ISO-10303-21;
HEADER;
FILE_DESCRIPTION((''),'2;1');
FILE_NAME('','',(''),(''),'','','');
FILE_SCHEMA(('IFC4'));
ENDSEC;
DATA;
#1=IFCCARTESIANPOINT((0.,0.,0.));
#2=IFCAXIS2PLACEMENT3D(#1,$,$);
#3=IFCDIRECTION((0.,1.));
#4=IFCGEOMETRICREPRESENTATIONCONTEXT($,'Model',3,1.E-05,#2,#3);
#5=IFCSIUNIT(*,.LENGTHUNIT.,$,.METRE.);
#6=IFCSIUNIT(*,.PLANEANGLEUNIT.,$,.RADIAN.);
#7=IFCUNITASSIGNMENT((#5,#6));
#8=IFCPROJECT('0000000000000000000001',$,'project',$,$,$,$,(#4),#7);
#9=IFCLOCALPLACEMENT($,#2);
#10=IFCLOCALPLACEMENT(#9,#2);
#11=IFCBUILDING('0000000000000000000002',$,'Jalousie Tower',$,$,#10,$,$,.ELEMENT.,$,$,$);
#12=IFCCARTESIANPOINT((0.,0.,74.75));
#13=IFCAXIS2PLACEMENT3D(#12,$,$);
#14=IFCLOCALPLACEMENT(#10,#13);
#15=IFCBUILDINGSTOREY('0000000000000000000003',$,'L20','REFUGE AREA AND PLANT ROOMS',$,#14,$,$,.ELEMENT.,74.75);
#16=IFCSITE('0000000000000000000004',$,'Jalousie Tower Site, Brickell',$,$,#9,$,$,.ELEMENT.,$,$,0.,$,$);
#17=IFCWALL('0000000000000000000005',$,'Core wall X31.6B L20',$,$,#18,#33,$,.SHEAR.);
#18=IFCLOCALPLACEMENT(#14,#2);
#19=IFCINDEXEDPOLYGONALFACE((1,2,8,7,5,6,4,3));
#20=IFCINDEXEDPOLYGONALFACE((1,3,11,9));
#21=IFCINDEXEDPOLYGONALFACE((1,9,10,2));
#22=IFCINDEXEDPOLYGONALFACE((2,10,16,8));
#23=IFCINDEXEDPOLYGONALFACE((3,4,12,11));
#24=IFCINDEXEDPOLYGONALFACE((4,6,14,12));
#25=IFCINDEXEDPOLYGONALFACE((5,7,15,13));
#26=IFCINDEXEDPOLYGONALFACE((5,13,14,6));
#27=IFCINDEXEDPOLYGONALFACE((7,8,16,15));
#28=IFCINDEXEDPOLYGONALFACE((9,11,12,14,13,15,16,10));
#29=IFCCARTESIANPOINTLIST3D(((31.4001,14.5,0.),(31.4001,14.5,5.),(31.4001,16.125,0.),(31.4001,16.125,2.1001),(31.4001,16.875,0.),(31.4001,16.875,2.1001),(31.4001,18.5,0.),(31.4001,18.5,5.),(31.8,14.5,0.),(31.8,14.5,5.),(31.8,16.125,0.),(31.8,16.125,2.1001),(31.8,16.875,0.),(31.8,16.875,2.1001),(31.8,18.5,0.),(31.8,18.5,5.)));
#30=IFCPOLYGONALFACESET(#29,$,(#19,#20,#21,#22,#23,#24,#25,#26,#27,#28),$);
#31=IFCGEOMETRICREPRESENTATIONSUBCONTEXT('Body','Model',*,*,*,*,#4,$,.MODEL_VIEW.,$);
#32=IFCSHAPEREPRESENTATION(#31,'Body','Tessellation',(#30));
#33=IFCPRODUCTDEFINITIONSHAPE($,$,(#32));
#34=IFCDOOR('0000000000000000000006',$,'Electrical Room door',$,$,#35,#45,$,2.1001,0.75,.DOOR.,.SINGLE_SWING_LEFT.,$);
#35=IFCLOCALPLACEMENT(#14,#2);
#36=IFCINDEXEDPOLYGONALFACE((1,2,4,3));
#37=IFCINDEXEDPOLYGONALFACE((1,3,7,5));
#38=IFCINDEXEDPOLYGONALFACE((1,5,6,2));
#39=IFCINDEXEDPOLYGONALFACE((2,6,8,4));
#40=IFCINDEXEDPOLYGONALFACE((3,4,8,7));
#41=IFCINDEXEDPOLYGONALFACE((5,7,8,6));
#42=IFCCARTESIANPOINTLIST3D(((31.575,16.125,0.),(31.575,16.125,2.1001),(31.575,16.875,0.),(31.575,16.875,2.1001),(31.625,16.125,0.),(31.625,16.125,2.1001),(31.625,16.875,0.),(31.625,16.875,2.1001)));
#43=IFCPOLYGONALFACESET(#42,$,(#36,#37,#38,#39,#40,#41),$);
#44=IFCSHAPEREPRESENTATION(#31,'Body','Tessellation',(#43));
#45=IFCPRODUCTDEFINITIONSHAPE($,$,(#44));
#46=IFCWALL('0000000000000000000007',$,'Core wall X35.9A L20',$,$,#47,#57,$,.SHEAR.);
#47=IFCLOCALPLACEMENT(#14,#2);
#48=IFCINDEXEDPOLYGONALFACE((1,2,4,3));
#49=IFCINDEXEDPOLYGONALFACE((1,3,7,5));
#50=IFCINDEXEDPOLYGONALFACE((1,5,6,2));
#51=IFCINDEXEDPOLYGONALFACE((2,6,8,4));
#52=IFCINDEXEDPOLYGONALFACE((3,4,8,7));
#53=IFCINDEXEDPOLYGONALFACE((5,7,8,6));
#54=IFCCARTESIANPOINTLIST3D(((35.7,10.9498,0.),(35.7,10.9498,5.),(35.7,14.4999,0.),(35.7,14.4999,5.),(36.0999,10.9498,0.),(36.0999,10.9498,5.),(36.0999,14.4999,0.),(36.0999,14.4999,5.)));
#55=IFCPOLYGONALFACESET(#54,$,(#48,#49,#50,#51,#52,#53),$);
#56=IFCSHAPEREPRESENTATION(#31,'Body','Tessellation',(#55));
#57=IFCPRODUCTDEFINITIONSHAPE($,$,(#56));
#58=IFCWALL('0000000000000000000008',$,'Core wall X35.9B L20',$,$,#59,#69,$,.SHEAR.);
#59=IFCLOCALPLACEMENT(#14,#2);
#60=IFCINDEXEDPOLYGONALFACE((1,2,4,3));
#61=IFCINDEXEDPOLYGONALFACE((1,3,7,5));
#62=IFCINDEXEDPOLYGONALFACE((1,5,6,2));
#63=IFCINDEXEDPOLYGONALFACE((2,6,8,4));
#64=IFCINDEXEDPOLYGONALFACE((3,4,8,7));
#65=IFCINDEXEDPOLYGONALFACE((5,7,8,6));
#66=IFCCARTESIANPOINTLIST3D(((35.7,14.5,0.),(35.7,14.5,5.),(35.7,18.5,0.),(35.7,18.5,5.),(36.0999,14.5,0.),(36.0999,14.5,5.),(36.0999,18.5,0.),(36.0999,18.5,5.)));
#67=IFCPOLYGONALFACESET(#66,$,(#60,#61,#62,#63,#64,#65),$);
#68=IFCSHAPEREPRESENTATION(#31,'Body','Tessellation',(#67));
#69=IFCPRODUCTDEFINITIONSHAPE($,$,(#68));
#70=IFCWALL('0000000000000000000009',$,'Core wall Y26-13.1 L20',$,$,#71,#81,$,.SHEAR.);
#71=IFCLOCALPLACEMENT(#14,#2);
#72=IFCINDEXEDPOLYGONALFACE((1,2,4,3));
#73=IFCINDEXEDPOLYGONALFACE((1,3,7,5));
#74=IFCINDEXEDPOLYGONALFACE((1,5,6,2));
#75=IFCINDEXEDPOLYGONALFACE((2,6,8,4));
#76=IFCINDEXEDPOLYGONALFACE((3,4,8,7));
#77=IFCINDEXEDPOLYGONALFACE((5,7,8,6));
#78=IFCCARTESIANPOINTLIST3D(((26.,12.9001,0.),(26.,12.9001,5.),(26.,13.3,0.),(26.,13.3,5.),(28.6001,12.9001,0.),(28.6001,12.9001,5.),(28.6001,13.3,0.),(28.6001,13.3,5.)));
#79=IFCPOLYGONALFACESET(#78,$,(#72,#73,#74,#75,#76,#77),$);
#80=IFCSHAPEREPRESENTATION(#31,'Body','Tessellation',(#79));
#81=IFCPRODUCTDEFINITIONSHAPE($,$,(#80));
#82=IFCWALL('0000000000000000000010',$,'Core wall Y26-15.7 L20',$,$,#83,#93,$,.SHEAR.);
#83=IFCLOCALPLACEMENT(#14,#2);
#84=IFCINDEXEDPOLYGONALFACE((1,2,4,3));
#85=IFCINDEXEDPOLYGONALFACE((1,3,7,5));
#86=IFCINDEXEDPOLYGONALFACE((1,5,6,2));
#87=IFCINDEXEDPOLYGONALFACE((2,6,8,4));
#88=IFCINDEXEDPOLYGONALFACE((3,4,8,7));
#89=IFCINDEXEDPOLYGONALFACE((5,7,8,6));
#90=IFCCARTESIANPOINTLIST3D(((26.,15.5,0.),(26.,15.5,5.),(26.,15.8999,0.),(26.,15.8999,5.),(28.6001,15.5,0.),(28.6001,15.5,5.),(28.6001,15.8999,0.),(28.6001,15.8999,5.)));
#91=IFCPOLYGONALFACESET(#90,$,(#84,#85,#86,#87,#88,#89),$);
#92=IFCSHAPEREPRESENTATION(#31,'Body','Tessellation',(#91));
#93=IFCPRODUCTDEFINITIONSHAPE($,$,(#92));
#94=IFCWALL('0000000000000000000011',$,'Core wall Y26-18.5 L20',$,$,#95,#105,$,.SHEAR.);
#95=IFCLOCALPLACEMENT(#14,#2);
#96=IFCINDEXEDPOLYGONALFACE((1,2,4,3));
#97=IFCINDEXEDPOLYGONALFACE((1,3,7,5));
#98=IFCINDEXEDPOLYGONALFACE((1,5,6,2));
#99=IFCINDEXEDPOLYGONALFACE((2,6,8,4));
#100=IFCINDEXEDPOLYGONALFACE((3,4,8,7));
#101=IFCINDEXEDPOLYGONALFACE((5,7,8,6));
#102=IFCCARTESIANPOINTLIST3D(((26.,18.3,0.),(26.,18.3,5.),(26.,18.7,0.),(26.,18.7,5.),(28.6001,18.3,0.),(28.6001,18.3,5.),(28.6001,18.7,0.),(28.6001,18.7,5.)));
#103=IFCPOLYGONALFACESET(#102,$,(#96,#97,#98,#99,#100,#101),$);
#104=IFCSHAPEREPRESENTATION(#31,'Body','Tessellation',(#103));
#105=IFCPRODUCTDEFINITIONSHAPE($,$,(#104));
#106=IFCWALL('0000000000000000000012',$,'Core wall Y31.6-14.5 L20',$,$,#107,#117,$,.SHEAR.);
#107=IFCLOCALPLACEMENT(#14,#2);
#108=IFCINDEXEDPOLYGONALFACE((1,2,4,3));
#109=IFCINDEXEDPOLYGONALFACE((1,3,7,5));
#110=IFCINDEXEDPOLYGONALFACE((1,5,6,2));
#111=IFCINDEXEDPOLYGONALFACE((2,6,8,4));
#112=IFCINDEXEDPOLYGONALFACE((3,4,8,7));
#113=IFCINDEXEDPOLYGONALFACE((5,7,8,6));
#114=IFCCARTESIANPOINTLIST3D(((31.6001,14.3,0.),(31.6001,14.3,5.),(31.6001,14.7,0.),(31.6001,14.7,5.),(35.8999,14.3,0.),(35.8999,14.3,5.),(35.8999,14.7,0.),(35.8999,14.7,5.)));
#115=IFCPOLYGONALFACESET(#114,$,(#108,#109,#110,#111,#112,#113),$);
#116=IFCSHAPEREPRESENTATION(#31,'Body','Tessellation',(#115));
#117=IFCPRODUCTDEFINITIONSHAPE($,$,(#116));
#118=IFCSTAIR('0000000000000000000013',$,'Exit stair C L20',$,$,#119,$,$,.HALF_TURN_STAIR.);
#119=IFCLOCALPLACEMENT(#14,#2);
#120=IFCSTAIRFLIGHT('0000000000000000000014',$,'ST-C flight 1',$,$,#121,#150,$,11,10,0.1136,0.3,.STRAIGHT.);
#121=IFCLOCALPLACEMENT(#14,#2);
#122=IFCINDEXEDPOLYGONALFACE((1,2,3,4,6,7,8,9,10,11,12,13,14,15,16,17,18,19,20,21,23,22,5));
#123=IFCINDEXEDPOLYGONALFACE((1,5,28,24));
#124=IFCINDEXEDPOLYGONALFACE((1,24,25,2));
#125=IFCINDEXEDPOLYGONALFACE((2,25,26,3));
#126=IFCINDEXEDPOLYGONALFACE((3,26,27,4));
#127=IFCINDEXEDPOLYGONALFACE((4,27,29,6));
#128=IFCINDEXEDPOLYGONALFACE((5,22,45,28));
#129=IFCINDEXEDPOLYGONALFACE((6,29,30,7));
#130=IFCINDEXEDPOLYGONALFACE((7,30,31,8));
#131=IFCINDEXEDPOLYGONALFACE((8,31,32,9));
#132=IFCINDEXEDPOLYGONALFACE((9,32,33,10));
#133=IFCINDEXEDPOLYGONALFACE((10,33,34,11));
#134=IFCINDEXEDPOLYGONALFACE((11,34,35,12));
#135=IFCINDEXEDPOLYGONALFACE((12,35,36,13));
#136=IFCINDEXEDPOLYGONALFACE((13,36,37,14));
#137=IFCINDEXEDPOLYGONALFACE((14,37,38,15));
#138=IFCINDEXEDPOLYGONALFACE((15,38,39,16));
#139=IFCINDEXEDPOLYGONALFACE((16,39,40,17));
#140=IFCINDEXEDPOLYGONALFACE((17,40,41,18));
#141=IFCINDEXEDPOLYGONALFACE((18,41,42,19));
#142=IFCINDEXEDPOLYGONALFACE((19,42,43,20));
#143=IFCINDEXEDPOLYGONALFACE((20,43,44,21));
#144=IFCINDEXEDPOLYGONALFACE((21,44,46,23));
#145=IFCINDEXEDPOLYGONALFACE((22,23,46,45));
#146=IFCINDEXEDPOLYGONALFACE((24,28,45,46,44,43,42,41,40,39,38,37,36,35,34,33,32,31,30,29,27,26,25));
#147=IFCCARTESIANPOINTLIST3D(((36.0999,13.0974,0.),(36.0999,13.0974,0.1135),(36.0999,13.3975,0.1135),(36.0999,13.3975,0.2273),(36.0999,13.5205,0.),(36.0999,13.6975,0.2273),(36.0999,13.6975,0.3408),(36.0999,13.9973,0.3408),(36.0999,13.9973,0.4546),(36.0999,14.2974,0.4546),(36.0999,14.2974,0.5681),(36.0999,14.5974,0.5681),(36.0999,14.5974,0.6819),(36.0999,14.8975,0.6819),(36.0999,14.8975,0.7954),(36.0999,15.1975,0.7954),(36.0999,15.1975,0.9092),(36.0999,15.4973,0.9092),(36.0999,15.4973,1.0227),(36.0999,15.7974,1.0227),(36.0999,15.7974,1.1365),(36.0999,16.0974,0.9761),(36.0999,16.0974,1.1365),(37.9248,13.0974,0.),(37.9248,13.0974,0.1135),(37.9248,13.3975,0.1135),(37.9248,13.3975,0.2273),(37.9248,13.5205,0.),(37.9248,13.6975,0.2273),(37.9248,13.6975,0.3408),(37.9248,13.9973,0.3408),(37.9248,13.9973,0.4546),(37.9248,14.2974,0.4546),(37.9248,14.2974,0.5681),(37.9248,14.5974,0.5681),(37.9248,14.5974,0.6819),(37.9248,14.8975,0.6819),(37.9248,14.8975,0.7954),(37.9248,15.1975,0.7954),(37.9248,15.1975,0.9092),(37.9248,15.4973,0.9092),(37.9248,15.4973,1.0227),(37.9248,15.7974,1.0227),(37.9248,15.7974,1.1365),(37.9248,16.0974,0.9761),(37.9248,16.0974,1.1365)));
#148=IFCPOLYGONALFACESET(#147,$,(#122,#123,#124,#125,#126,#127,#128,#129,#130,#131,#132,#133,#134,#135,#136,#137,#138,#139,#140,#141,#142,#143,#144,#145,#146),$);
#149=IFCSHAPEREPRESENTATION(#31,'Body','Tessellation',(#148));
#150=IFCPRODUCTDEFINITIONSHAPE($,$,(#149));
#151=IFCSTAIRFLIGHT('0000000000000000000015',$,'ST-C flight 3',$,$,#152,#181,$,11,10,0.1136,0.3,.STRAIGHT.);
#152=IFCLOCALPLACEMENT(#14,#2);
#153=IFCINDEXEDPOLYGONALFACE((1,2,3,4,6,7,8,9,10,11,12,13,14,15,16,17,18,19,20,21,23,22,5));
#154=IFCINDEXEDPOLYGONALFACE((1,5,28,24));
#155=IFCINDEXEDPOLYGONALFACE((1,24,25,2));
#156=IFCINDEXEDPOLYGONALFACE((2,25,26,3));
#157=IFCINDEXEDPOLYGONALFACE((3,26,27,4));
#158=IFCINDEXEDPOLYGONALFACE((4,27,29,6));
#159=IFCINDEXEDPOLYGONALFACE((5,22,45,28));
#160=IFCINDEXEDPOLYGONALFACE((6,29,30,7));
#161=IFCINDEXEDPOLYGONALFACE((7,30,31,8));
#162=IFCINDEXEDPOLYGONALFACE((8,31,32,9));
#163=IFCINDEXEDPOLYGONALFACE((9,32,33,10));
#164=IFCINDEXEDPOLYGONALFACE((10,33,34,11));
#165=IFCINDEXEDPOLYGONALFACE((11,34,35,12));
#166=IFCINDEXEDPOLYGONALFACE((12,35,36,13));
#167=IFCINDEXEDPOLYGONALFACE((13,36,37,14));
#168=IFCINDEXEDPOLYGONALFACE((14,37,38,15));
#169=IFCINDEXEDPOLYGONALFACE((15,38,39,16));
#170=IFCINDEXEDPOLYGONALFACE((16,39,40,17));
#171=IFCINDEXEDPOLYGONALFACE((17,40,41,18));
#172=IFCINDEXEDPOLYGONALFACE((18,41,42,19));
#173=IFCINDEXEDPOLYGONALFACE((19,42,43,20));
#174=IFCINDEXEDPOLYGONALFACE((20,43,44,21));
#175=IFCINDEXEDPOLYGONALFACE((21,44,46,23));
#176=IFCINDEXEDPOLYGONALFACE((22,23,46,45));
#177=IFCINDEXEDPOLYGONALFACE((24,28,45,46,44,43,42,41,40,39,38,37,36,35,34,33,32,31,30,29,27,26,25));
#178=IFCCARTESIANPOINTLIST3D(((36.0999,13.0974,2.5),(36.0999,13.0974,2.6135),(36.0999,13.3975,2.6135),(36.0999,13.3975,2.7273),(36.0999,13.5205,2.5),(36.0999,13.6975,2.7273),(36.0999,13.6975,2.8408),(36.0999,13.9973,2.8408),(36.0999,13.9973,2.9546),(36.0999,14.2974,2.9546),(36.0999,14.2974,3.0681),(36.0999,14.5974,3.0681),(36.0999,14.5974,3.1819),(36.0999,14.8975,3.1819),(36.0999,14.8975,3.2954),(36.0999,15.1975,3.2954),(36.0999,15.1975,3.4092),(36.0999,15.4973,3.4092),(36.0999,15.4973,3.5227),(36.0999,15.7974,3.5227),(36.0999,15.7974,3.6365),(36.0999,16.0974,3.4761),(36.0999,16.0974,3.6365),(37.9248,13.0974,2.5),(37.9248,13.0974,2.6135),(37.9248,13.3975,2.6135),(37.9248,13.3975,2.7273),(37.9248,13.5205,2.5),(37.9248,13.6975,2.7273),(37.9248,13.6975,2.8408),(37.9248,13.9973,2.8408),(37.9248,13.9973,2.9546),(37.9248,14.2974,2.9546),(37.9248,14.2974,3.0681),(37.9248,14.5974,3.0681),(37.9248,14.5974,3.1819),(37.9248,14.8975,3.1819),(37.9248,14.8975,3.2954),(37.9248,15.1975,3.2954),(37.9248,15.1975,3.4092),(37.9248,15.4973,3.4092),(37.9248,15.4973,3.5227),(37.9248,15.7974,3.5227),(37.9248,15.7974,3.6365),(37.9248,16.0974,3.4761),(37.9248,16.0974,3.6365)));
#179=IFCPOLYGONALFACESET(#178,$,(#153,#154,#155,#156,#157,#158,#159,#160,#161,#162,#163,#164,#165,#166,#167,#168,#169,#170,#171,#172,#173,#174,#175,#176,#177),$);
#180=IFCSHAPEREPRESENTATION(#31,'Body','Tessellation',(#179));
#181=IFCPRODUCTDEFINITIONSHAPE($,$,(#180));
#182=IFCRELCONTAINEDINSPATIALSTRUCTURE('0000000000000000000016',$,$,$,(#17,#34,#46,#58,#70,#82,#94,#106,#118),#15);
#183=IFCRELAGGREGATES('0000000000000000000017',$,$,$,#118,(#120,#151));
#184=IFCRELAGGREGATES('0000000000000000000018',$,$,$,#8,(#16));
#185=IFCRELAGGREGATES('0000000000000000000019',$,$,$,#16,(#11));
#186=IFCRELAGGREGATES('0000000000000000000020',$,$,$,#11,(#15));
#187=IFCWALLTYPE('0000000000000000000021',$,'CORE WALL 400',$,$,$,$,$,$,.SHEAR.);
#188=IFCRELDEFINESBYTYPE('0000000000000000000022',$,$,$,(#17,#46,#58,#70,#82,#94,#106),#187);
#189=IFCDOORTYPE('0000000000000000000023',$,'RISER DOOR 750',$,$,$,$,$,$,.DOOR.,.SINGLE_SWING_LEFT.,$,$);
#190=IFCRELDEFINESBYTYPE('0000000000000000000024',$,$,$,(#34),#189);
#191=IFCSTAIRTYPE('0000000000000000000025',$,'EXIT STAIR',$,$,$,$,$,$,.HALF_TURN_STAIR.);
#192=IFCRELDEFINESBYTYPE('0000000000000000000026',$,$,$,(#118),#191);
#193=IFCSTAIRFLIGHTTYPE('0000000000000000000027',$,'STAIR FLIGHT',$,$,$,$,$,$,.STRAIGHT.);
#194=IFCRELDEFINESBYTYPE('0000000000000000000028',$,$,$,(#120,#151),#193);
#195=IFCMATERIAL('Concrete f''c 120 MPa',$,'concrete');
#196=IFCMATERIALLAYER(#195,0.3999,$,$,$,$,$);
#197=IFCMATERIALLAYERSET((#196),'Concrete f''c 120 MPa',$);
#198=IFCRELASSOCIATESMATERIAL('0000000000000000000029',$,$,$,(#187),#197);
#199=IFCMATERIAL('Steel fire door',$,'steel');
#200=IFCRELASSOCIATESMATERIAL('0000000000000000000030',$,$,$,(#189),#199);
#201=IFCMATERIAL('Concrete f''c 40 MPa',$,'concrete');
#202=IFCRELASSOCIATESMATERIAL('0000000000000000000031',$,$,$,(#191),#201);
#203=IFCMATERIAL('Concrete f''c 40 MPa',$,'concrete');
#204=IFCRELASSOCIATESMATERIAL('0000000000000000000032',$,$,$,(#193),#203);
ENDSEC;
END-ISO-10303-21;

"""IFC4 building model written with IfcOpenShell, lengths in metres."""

from ifc_helpers import new_model, si_unit, direction, frame, frame_2d, origin, place, context, subcontext, project, spatial, polyline, rectangle, outline, extrude, material, layer, layer_set, type_object, element, fill, aggregate, save


model = new_model("IFC4")

# Units and contexts
model_context = context("Model", 3, precision=1e-05, world=origin(), true_north=direction((0.0, 1.0)))
body_context = subcontext(model_context, "Body", "Model", "MODEL_VIEW")
ifc_project = project(units=[si_unit("LENGTHUNIT", "METRE"), si_unit("PLANEANGLEUNIT", "RADIAN")], contexts=[model_context])

# Site, building, storey
site_placement = place(None, origin())
site = spatial("IfcSite", under=ifc_project, at=site_placement, Name="Jalousie Tower Site, Brickell", CompositionType="ELEMENT", RefElevation=0.0)
building_placement = place(site_placement, origin())
building = spatial("IfcBuilding", under=site, at=building_placement, Name="Jalousie Tower", CompositionType="ELEMENT")
storey_placement = place(building_placement, frame((0.0, 0.0, 74.75)))
storey = spatial("IfcBuildingStorey", under=building, at=storey_placement, Name="L20", Description="REFUGE AREA AND PLANT ROOMS", CompositionType="ELEMENT", Elevation=74.75)

# Shared definitions
ifc_material_1 = material(Name="Concrete f'c 120 MPa", Category="concrete")
ifc_layer_1 = layer(ifc_material_1, 0.3999)
ifc_layer_set_1 = layer_set([ifc_layer_1], Name="Concrete f'c 120 MPa")
wall_type_1 = type_object("IfcWallType", Name="CORE WALL 400", PredefinedType="SHEAR", material=ifc_layer_set_1)

# Wall, opening, door
ifc_material_2 = material(Name="Steel fire door", Category="steel")
door_type_1 = type_object("IfcDoorType", Name="RISER DOOR 750", OperationType="SINGLE_SWING_LEFT", PredefinedType="DOOR", material=ifc_material_2)
wall_1_placement = place(storey_placement, frame((31.6001, 14.5, 0.0), z_axis=(0.0, 0.0, 1.0), x_axis=(0.0, 1.0, 0.0)))
wall_1 = element("IfcWall", 1, at=wall_1_placement, inside=storey, type_object=wall_type_1, Name="Core wall X31.6B L20", PredefinedType="SHEAR", context=body_context, shape_type="SweptSolid", body=[
    extrude(rectangle(XDim=4.0, YDim=0.3999, at=frame_2d((2.0, 0.0))), origin(), (0.0, 0.0, 1.0), 5.0),
])
opening_1_placement = place(wall_1_placement, frame((1.625, 0.0, 0.0)))
opening_1 = element("IfcOpeningElement", 2, at=opening_1_placement, cuts=wall_1, PredefinedType="OPENING", context=body_context, shape_type="SweptSolid", body=[
    extrude(rectangle(XDim=0.75, YDim=2.1001, at=frame_2d((0.375, 1.05))), frame((0.0, 0.21, 0.0), z_axis=(0.0, -1.0, 0.0), x_axis=(1.0, 0.0, 0.0)), (0.0, 0.0, 1.0), 0.4199),
])
door_1_placement = place(opening_1_placement, frame((0.75, 0.0, 0.0), z_axis=(0.0, 0.0, 1.0), x_axis=(-1.0, 0.0, 0.0)))
door_1 = element("IfcDoor", 3, at=door_1_placement, inside=storey, type_object=door_type_1, Name="Electrical Room door", OperationType="SINGLE_SWING_LEFT", OverallHeight=2.1001, OverallWidth=0.75, PredefinedType="DOOR", context=body_context, shape_type="SweptSolid", body=[
    extrude(rectangle(XDim=0.75, YDim=2.1001, at=frame_2d((0.375, 1.05))), frame((0.0, 0.0249, 0.0), z_axis=(0.0, -1.0, 0.0), x_axis=(1.0, 0.0, 0.0)), (0.0, 0.0, 1.0), 0.05),
])
fill(opening_1, door_1)

# Walls
wall_2_placement = place(storey_placement, frame((35.8999, 10.95, 0.0), z_axis=(0.0, 0.0, 1.0), x_axis=(0.0, 1.0, 0.0)))
element("IfcWall", 4, at=wall_2_placement, inside=storey, type_object=wall_type_1, Name="Core wall X35.9A L20", PredefinedType="SHEAR", context=body_context, shape_type="SweptSolid", body=[
    extrude(rectangle(XDim=3.55, YDim=0.3999, at=frame_2d((1.7749, 0.0))), origin(), (0.0, 0.0, 1.0), 5.0),
])
wall_3_placement = place(storey_placement, frame((35.8999, 14.5, 0.0), z_axis=(0.0, 0.0, 1.0), x_axis=(0.0, 1.0, 0.0)))
element("IfcWall", 5, at=wall_3_placement, inside=storey, type_object=wall_type_1, Name="Core wall X35.9B L20", PredefinedType="SHEAR", context=body_context, shape_type="SweptSolid", body=[
    extrude(rectangle(XDim=4.0, YDim=0.3999, at=frame_2d((2.0, 0.0))), origin(), (0.0, 0.0, 1.0), 5.0),
])
for number, where, z_axis, x_axis, name in (
    (6, (26.0, 13.1001, 0.0), (0.0, 0.0, 1.0), (1.0, 0.0, 0.0), "Core wall Y26-13.1 L20"),
    (7, (26.0, 15.7, 0.0), (0.0, 0.0, 1.0), (1.0, 0.0, 0.0), "Core wall Y26-15.7 L20"),
    (8, (26.0, 18.5, 0.0), (0.0, 0.0, 1.0), (1.0, 0.0, 0.0), "Core wall Y26-18.5 L20"),
):
    element("IfcWall", number, at=place(storey_placement, frame(where, z_axis=z_axis, x_axis=x_axis)), inside=storey, type_object=wall_type_1, Name=name, PredefinedType="SHEAR", context=body_context, shape_type="SweptSolid", body=[
        extrude(rectangle(XDim=2.6001, YDim=0.3999, at=frame_2d((1.3, 0.0))), origin(), (0.0, 0.0, 1.0), 5.0),
    ])
wall_4_placement = place(storey_placement, frame((31.6001, 14.5, 0.0), z_axis=(0.0, 0.0, 1.0), x_axis=(1.0, 0.0, 0.0)))
element("IfcWall", 9, at=wall_4_placement, inside=storey, type_object=wall_type_1, Name="Core wall Y31.6-14.5 L20", PredefinedType="SHEAR", context=body_context, shape_type="SweptSolid", body=[
    extrude(rectangle(XDim=4.2998, YDim=0.3999, at=frame_2d((2.1499, 0.0))), origin(), (0.0, 0.0, 1.0), 5.0),
])

# Stair, stair flights
ifc_material_3 = material(Name="Concrete f'c 40 MPa", Category="concrete")
stair_type = type_object("IfcStairType", Name="EXIT STAIR", PredefinedType="HALF_TURN_STAIR", material=ifc_material_3)
stair_placement = place(storey_placement, origin())
stair = element("IfcStair", 10, at=stair_placement, inside=storey, type_object=stair_type, Name="Exit stair C L20", PredefinedType="HALF_TURN_STAIR")
ifc_material_4 = material(Name="Concrete f'c 40 MPa", Category="concrete")
stair_flight_type = type_object("IfcStairFlightType", Name="STAIR FLIGHT", PredefinedType="STRAIGHT", material=ifc_material_4)
stair_flight_1_placement = place(storey_placement, frame((37.0125, 13.0974, 0.0), z_axis=(0.0, 0.0, 1.0), x_axis=(0.0, 1.0, 0.0)))
stair_flight_1 = element("IfcStairFlight", 11, at=stair_flight_1_placement, type_object=stair_flight_type, Name="ST-C flight 1", NumberOfRisers=11, NumberOfTreads=10, PredefinedType="STRAIGHT", RiserHeight=0.1136, TreadLength=0.3, context=body_context, shape_type="SweptSolid", body=[
    extrude(outline(polyline([(0.0, 0.0), (0.0, 0.1135), (0.3, 0.1135), (0.3, 0.2273), (0.6001, 0.2273), (0.6001, 0.3408), (0.8999, 0.3408), (0.8999, 0.4546), (1.2, 0.4546), (1.2, 0.5681), (1.5, 0.5681), (1.5, 0.6819), (1.8, 0.6819), (1.8, 0.7954), (2.1001, 0.7954), (2.1001, 0.9092), (2.3999, 0.9092), (2.3999, 1.0227), (2.7, 1.0227), (2.7, 1.1365), (3.0, 1.1365), (3.0, 1.25), (3.0, 0.9761), (0.4231, 0.0), (0.0, 0.0)])), frame((0.0, 0.9126, 0.0), z_axis=(0.0, -1.0, 0.0), x_axis=(1.0, 0.0, 0.0)), (0.0, 0.0, 1.0), 1.825),
])
stair_flight_2_placement = place(storey_placement, frame((37.0125, 13.0974, 2.5), z_axis=(0.0, 0.0, 1.0), x_axis=(0.0, 1.0, 0.0)))
stair_flight_2 = element("IfcStairFlight", 12, at=stair_flight_2_placement, type_object=stair_flight_type, Name="ST-C flight 3", NumberOfRisers=11, NumberOfTreads=10, PredefinedType="STRAIGHT", RiserHeight=0.1136, TreadLength=0.3, context=body_context, shape_type="SweptSolid", body=[
    extrude(outline(polyline([(0.0, 0.0), (0.0, 0.1135), (0.3, 0.1135), (0.3, 0.2273), (0.6001, 0.2273), (0.6001, 0.3408), (0.8999, 0.3408), (0.8999, 0.4546), (1.2, 0.4546), (1.2, 0.5681), (1.5, 0.5681), (1.5, 0.6819), (1.8, 0.6819), (1.8, 0.7954), (2.1001, 0.7954), (2.1001, 0.9092), (2.3999, 0.9092), (2.3999, 1.0227), (2.7, 1.0227), (2.7, 1.1365), (3.0, 1.1365), (3.0, 1.25), (3.0, 0.9761), (0.4231, 0.0), (0.0, 0.0)])), frame((0.0, 0.9126, 0.0), z_axis=(0.0, -1.0, 0.0), x_axis=(1.0, 0.0, 0.0)), (0.0, 0.0, 1.0), 1.825),
])
aggregate(stair, [stair_flight_1, stair_flight_2])

save(model, "model.ifc")
